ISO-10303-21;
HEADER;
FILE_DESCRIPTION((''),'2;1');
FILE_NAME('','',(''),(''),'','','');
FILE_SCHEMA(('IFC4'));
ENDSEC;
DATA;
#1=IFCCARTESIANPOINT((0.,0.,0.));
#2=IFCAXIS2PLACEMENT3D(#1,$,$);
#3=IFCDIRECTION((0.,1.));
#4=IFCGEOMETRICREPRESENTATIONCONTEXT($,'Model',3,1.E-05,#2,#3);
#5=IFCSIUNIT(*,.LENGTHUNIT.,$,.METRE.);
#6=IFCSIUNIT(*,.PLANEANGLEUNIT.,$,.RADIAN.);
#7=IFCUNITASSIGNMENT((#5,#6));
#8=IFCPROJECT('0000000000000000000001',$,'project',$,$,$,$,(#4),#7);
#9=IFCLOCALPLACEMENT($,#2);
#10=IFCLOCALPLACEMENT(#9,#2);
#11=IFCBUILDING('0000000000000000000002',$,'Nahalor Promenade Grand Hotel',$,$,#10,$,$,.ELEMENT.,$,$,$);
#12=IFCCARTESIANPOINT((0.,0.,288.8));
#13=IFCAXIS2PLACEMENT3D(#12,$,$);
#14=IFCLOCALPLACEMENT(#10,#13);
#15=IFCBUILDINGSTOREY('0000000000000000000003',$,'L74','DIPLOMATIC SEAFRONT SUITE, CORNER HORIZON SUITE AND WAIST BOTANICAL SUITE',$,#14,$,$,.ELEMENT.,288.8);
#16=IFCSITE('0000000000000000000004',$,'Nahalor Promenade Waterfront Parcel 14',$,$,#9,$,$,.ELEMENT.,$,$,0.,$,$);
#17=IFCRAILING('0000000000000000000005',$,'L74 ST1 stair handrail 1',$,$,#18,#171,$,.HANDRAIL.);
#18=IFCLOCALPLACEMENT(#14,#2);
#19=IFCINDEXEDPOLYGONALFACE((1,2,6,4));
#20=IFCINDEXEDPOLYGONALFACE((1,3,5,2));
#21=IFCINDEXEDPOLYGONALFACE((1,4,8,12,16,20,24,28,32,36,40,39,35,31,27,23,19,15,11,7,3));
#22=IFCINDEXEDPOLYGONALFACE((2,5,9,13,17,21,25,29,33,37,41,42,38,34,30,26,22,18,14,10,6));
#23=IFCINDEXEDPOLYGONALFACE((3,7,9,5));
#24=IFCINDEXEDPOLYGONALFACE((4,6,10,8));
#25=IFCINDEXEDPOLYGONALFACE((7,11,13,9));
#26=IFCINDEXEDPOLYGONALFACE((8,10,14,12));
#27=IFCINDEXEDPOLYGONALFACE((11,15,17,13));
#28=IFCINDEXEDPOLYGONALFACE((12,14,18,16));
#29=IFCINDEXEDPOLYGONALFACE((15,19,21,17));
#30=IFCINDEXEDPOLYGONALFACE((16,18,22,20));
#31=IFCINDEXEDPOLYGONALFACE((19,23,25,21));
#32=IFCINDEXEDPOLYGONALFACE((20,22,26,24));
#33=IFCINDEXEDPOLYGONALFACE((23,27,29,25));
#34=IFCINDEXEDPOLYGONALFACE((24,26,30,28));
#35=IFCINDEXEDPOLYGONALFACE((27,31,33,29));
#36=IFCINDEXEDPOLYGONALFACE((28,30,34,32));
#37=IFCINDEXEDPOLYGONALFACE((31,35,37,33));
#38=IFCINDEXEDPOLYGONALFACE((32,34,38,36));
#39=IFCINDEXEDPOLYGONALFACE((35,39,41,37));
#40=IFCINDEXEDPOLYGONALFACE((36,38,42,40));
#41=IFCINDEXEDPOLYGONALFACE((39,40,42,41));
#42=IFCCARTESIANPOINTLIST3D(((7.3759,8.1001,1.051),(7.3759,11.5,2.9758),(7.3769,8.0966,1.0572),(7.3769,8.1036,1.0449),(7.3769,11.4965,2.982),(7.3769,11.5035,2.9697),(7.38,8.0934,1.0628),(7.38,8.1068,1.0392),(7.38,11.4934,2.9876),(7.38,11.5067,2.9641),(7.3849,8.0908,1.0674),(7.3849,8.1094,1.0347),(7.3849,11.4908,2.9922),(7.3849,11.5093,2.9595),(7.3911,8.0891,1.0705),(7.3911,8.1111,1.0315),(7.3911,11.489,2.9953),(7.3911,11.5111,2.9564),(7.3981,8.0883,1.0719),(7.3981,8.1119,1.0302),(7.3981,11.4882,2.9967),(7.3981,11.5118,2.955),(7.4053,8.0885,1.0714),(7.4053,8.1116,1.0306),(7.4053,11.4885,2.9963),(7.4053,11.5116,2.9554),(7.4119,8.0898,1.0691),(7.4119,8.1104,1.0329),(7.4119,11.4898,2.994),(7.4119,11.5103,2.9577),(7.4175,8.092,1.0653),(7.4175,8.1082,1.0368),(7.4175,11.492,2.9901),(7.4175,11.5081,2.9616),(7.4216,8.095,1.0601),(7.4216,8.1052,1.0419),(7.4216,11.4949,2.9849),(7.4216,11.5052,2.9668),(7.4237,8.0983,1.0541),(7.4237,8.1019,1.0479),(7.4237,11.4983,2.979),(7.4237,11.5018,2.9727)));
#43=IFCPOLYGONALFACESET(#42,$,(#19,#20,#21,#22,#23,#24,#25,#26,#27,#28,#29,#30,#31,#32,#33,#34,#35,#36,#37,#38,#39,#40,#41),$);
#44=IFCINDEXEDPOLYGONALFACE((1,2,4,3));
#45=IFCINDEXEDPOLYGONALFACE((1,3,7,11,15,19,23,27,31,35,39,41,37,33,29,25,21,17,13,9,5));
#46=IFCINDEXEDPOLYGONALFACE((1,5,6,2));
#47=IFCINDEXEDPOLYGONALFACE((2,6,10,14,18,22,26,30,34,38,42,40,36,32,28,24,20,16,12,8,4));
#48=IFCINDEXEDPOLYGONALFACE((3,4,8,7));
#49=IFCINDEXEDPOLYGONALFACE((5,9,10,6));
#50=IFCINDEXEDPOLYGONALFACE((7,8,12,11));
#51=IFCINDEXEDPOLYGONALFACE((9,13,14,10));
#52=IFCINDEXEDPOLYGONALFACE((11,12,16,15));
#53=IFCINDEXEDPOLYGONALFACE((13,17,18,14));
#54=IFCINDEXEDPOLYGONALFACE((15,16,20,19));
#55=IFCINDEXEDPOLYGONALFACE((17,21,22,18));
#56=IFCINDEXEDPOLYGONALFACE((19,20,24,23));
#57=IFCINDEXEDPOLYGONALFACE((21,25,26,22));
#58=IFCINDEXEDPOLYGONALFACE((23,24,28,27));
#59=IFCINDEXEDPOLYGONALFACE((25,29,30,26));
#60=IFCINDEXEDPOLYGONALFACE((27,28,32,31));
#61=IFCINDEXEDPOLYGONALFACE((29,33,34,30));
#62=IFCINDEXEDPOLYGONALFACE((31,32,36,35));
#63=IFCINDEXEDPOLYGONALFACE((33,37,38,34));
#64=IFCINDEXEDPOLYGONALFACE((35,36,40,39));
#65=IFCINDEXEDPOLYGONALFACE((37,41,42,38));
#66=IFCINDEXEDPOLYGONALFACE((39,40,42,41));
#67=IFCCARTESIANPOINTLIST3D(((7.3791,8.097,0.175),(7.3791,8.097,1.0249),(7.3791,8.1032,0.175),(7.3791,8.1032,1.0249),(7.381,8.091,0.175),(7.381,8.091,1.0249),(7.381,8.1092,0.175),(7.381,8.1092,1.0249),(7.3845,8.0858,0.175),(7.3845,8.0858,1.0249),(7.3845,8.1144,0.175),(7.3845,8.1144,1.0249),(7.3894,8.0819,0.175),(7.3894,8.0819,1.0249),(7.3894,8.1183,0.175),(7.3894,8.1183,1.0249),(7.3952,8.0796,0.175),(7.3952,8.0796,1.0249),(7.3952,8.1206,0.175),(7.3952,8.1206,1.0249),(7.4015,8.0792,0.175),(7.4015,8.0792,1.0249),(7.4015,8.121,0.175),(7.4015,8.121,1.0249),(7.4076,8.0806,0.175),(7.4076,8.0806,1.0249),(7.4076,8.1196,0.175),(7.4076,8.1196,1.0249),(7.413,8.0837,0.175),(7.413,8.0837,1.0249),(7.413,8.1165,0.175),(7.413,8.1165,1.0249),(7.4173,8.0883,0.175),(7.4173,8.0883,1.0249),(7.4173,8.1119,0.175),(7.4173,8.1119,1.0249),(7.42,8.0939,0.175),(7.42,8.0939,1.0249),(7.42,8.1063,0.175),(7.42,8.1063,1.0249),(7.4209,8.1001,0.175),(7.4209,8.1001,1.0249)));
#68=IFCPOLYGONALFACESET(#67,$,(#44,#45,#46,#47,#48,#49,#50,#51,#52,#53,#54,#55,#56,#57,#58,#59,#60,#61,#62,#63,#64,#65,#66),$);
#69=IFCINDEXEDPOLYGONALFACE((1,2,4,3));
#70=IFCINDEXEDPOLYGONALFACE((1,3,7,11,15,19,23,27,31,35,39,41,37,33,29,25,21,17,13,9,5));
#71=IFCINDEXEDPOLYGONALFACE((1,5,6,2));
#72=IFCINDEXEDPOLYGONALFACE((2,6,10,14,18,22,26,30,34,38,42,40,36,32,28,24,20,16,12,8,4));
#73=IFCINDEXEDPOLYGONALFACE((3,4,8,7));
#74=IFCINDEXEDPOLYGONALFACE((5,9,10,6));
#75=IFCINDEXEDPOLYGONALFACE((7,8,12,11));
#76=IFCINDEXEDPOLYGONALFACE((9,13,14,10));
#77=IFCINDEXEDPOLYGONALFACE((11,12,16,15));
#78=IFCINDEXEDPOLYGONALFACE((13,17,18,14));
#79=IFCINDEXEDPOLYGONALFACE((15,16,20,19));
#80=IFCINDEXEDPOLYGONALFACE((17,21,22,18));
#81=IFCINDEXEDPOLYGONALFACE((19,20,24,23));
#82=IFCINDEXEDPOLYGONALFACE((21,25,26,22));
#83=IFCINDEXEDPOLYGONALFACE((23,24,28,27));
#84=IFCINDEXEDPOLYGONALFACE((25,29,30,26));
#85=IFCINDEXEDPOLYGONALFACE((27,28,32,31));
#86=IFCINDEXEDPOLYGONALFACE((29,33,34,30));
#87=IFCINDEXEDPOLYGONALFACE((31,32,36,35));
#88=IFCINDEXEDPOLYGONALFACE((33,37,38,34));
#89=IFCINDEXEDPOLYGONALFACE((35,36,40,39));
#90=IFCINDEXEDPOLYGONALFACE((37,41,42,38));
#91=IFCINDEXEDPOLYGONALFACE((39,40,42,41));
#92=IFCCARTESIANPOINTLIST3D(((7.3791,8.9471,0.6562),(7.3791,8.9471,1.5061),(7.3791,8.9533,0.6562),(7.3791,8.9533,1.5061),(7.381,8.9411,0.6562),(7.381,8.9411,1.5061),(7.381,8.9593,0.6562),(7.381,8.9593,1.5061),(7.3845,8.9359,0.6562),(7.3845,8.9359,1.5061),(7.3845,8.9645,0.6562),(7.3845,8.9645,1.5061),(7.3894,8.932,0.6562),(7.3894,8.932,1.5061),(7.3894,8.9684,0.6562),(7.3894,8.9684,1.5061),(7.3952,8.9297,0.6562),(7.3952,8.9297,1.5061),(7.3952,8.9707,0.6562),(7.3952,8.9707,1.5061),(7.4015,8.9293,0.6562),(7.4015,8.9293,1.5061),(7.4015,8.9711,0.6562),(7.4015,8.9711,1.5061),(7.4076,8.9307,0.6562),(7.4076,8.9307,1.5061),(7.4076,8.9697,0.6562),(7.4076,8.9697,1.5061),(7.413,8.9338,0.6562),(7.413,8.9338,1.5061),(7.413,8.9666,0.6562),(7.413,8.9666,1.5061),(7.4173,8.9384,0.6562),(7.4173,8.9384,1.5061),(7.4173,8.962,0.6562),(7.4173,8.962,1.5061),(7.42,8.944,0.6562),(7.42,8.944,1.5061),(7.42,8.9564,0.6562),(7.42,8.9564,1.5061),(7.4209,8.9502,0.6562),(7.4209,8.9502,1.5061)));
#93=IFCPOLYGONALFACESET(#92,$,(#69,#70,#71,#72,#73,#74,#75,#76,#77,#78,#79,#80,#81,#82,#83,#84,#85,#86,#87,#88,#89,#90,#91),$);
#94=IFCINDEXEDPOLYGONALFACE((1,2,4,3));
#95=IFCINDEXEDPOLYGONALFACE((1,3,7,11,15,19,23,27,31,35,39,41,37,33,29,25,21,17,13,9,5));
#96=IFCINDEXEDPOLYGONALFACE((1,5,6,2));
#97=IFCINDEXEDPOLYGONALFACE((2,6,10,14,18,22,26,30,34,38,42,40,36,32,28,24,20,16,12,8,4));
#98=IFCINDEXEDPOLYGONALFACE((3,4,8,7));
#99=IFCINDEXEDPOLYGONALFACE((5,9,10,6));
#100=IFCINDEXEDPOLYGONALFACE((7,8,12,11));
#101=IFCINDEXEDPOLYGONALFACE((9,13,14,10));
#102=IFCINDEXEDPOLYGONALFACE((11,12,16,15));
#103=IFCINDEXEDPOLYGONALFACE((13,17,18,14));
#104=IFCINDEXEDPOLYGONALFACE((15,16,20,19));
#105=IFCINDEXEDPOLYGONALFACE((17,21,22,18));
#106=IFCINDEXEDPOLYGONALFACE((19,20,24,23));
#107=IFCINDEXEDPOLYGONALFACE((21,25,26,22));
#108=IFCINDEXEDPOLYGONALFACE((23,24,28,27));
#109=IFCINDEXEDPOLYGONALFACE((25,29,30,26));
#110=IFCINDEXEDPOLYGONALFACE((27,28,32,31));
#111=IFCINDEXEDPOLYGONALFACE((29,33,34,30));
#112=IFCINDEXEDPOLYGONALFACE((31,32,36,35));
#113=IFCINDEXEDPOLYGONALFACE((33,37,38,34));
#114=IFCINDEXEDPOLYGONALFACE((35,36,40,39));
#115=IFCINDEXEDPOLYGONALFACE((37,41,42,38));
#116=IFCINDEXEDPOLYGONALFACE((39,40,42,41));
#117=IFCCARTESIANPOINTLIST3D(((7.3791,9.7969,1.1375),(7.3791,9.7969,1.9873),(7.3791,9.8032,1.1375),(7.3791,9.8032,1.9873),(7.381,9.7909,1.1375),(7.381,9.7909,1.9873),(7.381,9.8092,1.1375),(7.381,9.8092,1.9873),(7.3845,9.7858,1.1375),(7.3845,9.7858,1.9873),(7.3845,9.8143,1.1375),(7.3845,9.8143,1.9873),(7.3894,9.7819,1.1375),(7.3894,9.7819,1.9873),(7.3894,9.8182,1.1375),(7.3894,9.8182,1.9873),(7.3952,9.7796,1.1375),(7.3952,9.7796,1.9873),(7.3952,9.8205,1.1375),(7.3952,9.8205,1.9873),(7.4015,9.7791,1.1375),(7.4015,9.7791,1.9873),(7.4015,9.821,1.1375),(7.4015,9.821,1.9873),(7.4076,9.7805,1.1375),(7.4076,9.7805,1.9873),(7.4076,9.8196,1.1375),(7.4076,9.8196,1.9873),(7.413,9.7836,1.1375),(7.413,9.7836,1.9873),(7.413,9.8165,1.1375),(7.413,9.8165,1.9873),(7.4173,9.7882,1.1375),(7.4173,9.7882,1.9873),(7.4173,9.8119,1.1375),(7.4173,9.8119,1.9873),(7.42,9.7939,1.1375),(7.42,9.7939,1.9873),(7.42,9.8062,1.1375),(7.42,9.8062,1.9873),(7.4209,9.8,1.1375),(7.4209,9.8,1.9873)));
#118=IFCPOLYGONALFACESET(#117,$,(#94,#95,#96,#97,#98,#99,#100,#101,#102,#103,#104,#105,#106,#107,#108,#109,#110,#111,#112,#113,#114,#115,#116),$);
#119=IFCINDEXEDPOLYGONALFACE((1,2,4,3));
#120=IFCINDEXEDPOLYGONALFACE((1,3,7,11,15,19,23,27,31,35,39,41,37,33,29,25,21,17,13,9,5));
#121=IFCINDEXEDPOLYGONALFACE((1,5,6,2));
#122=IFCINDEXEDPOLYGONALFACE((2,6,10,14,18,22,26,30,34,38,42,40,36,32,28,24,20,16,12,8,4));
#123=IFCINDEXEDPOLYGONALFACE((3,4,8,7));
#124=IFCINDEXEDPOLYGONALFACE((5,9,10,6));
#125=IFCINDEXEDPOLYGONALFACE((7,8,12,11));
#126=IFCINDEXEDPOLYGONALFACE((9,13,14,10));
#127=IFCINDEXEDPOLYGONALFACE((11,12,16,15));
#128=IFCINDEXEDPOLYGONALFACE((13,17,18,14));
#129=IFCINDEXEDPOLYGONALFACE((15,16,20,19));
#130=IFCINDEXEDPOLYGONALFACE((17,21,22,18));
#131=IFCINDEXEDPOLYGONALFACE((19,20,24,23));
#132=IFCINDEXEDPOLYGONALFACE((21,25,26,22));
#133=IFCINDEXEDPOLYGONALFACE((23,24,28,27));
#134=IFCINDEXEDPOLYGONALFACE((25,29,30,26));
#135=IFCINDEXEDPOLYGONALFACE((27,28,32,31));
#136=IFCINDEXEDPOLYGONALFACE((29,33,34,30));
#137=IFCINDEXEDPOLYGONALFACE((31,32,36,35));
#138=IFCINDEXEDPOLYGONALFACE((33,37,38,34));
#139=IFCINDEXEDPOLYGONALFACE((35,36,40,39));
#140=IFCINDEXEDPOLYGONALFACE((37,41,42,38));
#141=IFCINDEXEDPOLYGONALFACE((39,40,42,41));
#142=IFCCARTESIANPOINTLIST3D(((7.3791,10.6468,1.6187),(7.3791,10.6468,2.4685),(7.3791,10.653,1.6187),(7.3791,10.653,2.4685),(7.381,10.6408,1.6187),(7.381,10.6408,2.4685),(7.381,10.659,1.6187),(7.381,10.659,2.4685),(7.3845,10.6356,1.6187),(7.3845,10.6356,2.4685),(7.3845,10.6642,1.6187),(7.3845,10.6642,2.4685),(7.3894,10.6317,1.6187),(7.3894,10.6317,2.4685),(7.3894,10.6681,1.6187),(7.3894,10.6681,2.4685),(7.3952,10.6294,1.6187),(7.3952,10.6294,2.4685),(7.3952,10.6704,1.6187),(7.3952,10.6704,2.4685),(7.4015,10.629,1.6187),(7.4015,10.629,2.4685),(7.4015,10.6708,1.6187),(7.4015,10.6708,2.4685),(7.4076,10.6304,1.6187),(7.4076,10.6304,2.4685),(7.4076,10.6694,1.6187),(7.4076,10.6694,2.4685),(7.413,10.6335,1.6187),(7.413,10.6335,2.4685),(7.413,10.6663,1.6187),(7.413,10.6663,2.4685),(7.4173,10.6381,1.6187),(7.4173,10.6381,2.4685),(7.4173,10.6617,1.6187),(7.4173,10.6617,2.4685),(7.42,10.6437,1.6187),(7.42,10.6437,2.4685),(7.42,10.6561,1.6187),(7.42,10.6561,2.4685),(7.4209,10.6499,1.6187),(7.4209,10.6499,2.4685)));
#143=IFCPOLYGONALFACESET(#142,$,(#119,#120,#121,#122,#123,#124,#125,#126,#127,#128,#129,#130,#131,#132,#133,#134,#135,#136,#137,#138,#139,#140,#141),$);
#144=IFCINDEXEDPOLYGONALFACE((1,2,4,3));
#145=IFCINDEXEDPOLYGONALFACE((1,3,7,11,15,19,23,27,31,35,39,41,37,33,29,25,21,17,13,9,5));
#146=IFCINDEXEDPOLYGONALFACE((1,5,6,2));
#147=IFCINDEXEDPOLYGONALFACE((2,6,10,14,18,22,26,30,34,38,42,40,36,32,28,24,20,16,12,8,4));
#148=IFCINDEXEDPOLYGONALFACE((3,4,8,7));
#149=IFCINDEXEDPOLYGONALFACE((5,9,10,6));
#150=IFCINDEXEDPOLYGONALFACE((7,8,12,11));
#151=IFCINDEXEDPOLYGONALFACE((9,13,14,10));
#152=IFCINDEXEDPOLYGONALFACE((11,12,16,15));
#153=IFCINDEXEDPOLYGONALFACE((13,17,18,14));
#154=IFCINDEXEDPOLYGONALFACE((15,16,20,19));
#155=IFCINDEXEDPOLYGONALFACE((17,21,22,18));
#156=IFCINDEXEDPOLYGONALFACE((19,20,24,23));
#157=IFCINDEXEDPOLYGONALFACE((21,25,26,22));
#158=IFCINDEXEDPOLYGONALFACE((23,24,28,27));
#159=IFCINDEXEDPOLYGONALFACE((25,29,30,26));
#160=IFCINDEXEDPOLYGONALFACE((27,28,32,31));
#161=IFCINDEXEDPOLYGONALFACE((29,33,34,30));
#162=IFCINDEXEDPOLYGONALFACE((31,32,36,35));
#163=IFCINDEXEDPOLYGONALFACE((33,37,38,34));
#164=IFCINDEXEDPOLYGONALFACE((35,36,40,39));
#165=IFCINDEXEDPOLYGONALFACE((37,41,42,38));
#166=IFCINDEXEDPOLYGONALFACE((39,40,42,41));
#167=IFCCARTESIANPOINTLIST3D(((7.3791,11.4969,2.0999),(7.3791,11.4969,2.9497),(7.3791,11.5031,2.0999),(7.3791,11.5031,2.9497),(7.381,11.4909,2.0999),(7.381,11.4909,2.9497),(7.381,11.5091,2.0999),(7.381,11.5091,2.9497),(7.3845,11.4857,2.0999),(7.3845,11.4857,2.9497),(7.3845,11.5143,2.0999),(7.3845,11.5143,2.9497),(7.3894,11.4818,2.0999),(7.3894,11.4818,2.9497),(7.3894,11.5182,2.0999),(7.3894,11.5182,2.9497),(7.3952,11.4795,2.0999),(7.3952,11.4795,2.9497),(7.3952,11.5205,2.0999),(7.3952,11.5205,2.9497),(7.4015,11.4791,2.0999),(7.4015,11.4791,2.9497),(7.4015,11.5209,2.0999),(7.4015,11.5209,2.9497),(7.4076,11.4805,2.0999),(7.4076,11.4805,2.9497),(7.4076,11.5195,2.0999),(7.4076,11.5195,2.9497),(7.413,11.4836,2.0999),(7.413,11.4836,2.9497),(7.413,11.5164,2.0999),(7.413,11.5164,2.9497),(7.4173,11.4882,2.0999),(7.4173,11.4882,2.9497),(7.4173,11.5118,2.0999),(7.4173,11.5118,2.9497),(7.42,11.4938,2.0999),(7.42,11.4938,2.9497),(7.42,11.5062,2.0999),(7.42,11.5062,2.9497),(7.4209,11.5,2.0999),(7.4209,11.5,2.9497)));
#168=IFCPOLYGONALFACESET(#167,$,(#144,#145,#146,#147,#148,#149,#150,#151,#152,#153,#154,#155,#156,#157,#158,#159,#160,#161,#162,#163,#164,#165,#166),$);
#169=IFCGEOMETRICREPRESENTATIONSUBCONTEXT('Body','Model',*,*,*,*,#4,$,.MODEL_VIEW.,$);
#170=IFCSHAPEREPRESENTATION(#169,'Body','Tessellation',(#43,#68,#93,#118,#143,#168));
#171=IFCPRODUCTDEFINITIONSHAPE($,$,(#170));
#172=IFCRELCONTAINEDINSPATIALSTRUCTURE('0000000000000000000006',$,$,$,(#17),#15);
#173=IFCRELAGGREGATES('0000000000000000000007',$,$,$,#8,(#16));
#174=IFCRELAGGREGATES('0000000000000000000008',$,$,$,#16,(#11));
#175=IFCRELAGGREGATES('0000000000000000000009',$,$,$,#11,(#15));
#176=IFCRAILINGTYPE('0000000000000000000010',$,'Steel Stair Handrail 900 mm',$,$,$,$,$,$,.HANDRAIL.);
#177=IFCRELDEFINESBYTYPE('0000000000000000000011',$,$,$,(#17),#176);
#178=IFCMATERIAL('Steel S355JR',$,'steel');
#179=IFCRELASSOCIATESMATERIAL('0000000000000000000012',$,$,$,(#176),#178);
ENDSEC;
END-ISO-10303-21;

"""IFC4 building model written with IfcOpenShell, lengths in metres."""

from ifc_helpers import new_model, si_unit, direction, frame, origin, origin_2d, place, context, subcontext, project, spatial, circle, extrude, material, type_object, element, save


model = new_model("IFC4")

# Units and contexts
model_context = context("Model", 3, precision=1e-05, world=origin(), true_north=direction((0.0, 1.0)))
body_context = subcontext(model_context, "Body", "Model", "MODEL_VIEW")
ifc_project = project(units=[si_unit("LENGTHUNIT", "METRE"), si_unit("PLANEANGLEUNIT", "RADIAN")], contexts=[model_context])

# Site, building, storey
site_placement = place(None, origin())
site = spatial("IfcSite", under=ifc_project, at=site_placement, Name="Nahalor Promenade Waterfront Parcel 14", CompositionType="ELEMENT", RefElevation=0.0)
building_placement = place(site_placement, origin())
building = spatial("IfcBuilding", under=site, at=building_placement, Name="Nahalor Promenade Grand Hotel", CompositionType="ELEMENT")
storey_placement = place(building_placement, frame((0.0, 0.0, 288.8)))
storey = spatial("IfcBuildingStorey", under=building, at=storey_placement, Name="L74", Description="DIPLOMATIC SEAFRONT SUITE, CORNER HORIZON SUITE AND WAIST BOTANICAL SUITE", CompositionType="ELEMENT", Elevation=288.8)

# Shared definitions
ifc_material_1 = material(Name="Steel S355JR", Category="steel")

# Railing
railing_type_1 = type_object("IfcRailingType", Name="Steel Stair Handrail 900 mm", PredefinedType="HANDRAIL", material=ifc_material_1)
railing_1_placement = place(storey_placement, frame((7.3999, 8.1001, 0.175)))
element("IfcRailing", 1, at=railing_1_placement, inside=storey, type_object=railing_type_1, Name="L74 ST1 stair handrail 1", PredefinedType="HANDRAIL", context=body_context, shape_type="SweptSolid", body=[
    extrude(circle(Radius=0.024, at=origin_2d()), frame((0.0, 0.0, 0.876), z_axis=(0.0, 0.87022, 0.492663), x_axis=(-1.0, 0.0, 0.0)), (0.0, 0.0, 1.0), 3.907),
    extrude(circle(Radius=0.021, at=origin_2d()), origin(), (0.0, 0.0, 1.0), 0.8499),
    extrude(circle(Radius=0.021, at=origin_2d()), frame((0.0, 0.8501, 0.4812)), (0.0, 0.0, 1.0), 0.8499),
    extrude(circle(Radius=0.021, at=origin_2d()), frame((0.0, 1.7, 0.9624)), (0.0, 0.0, 1.0), 0.8499),
    extrude(circle(Radius=0.021, at=origin_2d()), frame((0.0, 2.5498, 1.4436)), (0.0, 0.0, 1.0), 0.8499),
    extrude(circle(Radius=0.021, at=origin_2d()), frame((0.0, 3.3999, 1.9248)), (0.0, 0.0, 1.0), 0.8499),
])

save(model, "model.ifc")
